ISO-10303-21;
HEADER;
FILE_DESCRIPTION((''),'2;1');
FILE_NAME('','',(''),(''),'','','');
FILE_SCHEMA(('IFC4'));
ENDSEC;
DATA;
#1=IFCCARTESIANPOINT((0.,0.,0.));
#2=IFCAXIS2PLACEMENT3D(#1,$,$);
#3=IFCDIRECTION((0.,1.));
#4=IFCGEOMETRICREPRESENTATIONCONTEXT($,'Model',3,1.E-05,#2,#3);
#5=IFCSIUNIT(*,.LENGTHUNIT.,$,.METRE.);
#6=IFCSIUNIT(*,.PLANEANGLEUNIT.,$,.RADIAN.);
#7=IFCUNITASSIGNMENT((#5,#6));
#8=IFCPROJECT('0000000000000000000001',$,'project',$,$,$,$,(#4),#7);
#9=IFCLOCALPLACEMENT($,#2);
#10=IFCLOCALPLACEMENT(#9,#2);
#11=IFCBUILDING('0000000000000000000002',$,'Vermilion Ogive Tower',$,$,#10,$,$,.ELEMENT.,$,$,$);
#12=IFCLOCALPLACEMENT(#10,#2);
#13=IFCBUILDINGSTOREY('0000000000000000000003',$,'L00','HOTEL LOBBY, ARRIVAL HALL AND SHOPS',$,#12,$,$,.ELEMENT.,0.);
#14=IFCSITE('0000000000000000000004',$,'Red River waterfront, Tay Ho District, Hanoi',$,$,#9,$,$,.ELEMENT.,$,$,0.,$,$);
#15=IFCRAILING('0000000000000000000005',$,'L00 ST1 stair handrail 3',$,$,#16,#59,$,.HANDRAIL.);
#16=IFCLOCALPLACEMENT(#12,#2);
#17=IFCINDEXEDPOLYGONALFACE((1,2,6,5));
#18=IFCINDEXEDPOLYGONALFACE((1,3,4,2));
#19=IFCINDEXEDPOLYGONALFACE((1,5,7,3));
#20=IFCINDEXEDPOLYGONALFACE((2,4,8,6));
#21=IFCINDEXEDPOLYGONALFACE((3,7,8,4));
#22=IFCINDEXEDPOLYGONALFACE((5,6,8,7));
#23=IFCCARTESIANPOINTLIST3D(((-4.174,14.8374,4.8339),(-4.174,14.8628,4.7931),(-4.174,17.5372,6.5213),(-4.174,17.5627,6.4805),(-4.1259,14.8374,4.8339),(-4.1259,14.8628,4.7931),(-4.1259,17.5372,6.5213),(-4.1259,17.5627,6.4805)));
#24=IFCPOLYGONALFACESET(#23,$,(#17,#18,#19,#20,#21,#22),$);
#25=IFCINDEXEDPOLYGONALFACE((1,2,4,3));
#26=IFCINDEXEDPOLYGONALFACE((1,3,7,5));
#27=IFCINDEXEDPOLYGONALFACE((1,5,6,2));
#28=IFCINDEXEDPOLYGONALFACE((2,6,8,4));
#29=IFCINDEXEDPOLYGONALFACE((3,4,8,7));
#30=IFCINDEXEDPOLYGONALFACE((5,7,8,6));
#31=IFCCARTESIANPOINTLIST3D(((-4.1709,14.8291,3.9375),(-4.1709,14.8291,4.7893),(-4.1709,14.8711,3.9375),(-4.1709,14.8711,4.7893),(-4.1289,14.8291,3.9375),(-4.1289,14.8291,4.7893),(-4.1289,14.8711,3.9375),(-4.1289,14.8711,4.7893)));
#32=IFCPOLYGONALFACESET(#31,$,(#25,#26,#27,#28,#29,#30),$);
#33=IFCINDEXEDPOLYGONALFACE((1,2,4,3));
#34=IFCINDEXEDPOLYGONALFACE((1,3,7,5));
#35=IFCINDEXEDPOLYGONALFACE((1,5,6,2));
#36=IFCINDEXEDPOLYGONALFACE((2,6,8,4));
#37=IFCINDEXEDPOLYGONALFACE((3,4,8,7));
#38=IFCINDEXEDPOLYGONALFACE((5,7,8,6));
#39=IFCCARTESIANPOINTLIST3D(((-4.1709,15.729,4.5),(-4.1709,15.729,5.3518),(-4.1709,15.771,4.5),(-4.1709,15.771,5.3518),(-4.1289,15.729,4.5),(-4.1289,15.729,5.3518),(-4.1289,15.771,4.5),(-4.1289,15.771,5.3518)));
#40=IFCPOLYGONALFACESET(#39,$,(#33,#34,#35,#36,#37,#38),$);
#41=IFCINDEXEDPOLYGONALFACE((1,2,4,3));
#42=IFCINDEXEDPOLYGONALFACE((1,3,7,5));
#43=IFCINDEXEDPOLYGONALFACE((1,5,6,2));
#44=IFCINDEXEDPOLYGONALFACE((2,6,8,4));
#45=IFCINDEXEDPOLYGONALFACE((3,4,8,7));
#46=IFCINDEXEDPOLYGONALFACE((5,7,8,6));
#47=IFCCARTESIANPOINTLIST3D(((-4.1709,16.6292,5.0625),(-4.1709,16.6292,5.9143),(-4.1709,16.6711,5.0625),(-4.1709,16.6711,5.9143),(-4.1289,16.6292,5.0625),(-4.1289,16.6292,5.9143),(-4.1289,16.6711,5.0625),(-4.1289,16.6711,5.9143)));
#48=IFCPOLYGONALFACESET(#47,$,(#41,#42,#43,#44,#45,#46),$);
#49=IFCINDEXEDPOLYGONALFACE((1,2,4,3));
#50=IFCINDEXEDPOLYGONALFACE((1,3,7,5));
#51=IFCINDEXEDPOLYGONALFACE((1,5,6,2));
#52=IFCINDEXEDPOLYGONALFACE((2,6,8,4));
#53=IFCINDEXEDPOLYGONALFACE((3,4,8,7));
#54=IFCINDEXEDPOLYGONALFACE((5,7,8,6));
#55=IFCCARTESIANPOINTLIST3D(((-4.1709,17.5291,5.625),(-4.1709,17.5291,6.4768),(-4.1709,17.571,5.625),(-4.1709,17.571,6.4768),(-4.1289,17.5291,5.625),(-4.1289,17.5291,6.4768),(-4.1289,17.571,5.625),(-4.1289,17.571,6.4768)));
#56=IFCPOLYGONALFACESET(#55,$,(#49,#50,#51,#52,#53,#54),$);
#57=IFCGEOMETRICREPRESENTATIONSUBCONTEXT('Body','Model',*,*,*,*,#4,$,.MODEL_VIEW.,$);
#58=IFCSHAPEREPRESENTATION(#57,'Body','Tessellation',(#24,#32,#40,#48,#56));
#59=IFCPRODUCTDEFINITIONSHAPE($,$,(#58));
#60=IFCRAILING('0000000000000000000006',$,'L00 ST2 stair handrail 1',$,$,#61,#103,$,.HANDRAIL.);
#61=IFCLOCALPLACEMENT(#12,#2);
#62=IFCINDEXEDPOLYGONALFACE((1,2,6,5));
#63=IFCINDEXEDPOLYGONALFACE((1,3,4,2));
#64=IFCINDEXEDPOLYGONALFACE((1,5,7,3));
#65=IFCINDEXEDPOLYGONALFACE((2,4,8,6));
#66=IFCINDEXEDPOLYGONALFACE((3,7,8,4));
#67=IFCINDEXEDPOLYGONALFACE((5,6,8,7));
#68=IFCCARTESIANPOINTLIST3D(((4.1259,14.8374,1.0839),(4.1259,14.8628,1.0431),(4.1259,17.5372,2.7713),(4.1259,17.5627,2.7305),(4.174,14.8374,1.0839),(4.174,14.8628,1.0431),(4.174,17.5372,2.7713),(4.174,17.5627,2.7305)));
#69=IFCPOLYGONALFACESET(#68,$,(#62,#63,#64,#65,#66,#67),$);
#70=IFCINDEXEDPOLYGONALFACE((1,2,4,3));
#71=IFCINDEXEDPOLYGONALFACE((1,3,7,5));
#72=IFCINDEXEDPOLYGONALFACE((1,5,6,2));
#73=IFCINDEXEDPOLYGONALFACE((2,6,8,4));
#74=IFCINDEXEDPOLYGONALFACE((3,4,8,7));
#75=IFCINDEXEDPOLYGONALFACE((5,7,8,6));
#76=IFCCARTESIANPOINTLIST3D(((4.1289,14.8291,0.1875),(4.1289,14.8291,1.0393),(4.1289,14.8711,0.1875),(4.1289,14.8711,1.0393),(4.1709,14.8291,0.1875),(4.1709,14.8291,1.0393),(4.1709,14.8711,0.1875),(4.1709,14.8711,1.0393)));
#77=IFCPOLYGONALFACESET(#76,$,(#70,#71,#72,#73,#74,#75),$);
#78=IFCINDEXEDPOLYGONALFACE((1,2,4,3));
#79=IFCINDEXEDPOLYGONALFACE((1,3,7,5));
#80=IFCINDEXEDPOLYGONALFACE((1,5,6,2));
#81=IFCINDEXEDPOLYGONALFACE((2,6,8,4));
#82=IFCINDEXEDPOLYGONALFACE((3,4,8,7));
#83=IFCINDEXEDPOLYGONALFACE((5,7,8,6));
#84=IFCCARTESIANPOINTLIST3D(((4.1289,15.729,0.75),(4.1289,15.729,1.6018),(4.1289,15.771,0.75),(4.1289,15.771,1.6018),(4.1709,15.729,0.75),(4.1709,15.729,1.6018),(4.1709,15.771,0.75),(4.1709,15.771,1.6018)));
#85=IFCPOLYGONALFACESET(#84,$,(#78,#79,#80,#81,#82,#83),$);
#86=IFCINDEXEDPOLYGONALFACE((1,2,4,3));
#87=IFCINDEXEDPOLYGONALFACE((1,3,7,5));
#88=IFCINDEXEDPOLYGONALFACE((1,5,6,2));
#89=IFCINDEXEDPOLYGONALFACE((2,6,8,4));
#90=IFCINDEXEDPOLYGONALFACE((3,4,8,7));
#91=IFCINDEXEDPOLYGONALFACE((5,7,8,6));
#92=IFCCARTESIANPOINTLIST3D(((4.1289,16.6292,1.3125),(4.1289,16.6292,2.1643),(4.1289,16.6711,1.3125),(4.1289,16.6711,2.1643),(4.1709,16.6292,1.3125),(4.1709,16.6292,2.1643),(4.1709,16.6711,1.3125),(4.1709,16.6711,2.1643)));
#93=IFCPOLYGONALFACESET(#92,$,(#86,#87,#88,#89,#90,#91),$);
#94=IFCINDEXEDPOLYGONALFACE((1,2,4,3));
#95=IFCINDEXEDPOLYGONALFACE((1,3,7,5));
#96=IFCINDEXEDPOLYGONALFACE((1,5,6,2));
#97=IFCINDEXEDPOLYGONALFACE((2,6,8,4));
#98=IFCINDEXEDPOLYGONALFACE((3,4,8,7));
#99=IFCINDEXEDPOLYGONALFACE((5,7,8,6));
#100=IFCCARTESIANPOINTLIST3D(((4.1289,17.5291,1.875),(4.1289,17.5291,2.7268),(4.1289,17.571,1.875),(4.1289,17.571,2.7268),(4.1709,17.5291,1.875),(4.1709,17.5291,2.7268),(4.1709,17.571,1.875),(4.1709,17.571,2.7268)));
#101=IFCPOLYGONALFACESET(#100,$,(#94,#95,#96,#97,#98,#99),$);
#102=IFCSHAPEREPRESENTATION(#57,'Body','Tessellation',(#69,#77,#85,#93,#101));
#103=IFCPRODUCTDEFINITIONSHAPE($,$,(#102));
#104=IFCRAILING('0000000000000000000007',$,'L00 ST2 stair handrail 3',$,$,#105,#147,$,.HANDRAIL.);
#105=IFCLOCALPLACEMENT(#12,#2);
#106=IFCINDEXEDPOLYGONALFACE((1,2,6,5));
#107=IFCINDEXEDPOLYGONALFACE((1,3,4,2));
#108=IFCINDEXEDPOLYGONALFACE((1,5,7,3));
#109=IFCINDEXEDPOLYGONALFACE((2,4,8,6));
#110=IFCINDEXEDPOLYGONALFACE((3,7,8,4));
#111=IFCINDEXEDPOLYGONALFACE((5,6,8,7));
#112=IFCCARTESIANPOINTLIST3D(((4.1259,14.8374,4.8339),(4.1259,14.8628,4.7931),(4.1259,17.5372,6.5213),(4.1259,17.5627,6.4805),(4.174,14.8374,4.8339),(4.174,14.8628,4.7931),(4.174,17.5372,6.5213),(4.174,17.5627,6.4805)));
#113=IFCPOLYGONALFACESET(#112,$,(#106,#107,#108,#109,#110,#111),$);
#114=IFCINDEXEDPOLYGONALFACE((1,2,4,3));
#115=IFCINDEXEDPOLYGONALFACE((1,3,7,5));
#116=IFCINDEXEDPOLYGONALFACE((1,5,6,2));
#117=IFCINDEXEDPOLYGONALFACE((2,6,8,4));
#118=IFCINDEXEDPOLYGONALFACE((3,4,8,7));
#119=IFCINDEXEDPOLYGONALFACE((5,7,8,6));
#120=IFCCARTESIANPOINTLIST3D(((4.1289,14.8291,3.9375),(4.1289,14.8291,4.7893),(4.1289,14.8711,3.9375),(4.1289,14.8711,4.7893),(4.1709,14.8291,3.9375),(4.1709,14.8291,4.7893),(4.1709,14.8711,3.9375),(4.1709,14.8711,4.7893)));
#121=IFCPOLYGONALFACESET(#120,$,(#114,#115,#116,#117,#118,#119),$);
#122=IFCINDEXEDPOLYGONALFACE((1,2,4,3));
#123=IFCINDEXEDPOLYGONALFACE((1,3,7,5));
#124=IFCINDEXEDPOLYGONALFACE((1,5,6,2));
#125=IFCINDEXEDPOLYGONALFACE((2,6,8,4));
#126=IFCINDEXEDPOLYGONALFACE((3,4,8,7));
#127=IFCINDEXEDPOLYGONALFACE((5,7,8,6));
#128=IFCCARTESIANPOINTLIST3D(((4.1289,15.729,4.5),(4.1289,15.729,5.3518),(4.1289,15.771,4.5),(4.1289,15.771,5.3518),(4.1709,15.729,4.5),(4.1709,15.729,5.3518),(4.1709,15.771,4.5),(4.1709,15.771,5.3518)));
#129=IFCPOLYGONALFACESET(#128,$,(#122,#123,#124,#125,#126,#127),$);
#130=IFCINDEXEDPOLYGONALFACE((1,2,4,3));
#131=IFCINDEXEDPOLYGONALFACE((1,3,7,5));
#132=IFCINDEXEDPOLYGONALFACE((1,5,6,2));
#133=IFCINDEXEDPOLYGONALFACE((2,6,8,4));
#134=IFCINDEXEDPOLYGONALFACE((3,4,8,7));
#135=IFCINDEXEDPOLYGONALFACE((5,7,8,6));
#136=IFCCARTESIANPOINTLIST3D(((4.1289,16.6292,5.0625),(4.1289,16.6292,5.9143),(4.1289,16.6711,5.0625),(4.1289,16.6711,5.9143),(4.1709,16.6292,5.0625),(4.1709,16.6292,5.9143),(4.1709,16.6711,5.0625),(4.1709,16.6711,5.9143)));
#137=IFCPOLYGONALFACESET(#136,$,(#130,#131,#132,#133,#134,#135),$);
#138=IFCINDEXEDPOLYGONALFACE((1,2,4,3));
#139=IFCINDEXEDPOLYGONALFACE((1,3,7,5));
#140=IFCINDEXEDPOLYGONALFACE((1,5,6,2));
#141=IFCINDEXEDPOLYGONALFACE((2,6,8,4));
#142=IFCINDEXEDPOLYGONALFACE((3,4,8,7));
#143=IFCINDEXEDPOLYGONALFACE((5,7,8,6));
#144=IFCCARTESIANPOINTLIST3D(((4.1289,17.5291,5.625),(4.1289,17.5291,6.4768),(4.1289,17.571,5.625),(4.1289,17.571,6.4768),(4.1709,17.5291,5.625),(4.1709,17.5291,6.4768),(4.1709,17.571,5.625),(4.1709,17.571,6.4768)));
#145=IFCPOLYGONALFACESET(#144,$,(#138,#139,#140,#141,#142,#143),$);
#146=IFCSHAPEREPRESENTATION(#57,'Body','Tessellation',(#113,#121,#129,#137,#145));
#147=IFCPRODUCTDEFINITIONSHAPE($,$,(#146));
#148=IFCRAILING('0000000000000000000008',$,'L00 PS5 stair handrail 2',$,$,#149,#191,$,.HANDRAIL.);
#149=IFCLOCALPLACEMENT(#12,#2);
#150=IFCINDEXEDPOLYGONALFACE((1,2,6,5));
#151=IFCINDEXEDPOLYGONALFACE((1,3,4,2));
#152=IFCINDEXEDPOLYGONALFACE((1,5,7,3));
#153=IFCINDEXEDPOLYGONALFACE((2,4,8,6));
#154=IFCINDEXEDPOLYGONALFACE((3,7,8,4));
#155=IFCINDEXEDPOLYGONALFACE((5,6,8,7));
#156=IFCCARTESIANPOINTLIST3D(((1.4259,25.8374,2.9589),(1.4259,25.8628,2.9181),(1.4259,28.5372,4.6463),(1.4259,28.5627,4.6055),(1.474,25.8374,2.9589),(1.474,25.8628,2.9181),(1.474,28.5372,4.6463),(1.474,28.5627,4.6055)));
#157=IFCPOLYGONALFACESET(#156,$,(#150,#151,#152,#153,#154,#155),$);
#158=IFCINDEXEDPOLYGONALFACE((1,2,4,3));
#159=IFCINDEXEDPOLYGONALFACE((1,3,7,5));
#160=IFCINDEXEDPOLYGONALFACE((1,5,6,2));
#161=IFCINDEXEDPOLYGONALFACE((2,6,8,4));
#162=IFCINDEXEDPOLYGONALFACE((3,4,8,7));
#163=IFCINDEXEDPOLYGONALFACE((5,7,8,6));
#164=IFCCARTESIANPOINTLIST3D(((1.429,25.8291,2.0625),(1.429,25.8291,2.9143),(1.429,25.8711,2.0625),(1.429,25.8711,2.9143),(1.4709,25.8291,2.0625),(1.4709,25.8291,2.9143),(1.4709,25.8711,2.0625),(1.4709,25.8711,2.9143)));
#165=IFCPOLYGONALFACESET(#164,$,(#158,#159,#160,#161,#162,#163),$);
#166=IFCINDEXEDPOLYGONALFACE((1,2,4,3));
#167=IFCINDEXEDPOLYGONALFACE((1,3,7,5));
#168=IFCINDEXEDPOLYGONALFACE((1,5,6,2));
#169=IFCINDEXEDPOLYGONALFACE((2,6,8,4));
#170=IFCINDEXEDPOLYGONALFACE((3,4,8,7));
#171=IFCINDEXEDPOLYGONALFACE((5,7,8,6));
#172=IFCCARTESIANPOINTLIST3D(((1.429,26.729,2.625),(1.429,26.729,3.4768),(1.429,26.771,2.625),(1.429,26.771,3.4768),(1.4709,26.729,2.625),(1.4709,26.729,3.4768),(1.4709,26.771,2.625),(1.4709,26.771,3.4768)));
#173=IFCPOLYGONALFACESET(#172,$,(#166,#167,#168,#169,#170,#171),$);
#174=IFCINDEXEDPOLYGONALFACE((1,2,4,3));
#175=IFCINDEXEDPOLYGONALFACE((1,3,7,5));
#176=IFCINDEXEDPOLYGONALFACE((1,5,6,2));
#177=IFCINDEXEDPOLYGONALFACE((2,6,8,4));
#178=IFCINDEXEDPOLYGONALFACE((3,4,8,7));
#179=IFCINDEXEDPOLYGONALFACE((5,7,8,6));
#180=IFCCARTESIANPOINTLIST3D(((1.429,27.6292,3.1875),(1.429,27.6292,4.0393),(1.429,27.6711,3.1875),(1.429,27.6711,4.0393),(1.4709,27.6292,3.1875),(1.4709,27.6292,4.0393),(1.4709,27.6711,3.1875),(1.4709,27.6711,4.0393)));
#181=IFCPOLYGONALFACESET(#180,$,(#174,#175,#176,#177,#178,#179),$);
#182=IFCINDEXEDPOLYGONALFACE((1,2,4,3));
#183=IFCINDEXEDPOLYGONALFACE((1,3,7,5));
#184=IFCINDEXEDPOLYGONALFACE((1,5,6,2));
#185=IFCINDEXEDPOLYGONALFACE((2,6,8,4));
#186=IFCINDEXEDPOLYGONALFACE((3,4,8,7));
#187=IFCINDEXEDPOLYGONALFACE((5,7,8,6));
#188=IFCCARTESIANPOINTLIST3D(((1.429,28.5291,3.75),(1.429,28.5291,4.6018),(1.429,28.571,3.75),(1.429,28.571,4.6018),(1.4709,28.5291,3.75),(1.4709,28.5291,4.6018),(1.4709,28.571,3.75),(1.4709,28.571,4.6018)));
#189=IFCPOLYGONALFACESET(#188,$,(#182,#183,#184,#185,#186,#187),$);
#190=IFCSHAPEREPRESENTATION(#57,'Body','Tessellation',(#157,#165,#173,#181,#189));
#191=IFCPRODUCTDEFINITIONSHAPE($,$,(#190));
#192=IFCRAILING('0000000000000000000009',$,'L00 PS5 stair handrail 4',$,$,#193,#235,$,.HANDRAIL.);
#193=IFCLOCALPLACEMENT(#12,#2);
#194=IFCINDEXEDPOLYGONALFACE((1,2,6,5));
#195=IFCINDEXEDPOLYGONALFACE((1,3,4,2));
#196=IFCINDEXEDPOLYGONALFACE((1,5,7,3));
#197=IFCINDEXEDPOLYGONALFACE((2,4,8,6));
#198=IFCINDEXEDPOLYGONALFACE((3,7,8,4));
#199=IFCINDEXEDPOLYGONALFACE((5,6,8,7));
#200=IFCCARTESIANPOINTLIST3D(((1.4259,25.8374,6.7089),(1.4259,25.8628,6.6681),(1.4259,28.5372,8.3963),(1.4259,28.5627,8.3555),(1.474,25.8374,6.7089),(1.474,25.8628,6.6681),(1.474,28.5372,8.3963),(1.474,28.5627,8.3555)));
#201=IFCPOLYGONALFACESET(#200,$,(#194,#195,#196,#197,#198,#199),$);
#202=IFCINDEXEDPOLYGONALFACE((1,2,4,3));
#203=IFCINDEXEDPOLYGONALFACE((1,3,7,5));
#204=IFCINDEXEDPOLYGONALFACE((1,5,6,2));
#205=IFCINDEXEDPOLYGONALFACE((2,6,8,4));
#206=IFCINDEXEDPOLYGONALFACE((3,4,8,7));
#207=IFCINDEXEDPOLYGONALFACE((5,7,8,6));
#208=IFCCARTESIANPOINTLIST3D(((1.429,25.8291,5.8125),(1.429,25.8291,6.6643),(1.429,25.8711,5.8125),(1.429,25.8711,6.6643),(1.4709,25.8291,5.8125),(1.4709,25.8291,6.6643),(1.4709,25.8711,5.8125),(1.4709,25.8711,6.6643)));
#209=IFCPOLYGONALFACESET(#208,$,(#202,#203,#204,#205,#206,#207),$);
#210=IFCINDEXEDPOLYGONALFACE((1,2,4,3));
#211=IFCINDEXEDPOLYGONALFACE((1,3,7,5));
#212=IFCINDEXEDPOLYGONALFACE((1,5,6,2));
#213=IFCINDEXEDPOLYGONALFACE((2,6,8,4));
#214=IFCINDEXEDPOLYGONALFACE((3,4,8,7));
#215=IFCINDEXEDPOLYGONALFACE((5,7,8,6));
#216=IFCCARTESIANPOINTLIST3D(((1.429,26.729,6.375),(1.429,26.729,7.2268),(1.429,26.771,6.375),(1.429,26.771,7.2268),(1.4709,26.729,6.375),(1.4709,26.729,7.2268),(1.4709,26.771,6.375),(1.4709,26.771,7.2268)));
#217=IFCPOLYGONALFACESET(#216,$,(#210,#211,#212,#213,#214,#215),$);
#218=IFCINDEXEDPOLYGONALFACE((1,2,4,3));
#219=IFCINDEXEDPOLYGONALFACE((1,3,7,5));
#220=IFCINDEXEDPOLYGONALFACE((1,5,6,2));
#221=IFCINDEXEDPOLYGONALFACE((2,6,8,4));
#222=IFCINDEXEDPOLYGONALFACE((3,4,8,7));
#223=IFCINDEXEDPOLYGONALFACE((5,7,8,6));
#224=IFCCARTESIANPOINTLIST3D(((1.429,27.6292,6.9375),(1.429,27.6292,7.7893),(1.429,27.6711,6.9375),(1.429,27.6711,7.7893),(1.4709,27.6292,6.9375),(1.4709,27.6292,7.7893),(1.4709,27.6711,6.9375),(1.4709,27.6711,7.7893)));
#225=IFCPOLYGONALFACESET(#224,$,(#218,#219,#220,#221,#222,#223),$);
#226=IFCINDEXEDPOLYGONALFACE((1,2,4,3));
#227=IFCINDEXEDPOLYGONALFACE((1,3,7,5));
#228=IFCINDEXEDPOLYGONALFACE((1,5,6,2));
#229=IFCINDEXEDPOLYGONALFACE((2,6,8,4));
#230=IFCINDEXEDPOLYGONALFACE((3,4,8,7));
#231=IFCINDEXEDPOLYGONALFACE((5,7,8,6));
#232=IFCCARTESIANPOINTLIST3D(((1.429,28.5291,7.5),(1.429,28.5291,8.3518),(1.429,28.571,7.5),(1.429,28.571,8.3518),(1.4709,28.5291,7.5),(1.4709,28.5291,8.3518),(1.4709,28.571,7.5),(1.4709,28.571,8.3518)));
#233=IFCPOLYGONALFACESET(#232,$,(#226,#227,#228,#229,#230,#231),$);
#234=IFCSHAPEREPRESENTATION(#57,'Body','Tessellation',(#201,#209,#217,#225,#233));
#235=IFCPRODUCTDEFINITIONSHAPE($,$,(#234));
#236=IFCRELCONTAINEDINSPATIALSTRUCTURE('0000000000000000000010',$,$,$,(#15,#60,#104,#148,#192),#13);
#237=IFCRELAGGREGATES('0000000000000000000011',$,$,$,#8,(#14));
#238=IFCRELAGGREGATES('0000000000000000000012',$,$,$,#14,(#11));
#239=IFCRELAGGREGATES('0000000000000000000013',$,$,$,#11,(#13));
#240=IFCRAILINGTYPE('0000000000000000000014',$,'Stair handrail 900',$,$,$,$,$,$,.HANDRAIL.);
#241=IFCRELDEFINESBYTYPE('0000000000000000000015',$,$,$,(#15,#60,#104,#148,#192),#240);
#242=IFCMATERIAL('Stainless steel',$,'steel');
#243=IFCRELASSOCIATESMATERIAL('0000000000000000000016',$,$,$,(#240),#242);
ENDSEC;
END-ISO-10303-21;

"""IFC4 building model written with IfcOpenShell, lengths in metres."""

from ifc_helpers import new_model, si_unit, direction, frame, origin, origin_2d, place, context, subcontext, project, spatial, rectangle, extrude, material, type_object, element, save


model = new_model("IFC4")

# Units and contexts
model_context = context("Model", 3, precision=1e-05, world=origin(), true_north=direction((0.0, 1.0)))
body_context = subcontext(model_context, "Body", "Model", "MODEL_VIEW")
ifc_project = project(units=[si_unit("LENGTHUNIT", "METRE"), si_unit("PLANEANGLEUNIT", "RADIAN")], contexts=[model_context])

# Site, building, storey
site_placement = place(None, origin())
site = spatial("IfcSite", under=ifc_project, at=site_placement, Name="Red River waterfront, Tay Ho District, Hanoi", CompositionType="ELEMENT", RefElevation=0.0)
building_placement = place(site_placement, origin())
building = spatial("IfcBuilding", under=site, at=building_placement, Name="Vermilion Ogive Tower", CompositionType="ELEMENT")
storey_placement = place(building_placement, origin())
storey = spatial("IfcBuildingStorey", under=building, at=storey_placement, Name="L00", Description="HOTEL LOBBY, ARRIVAL HALL AND SHOPS", CompositionType="ELEMENT", Elevation=0.0)

# Railings
ifc_material_1 = material(Name="Stainless steel", Category="steel")
railing_type_1 = type_object("IfcRailingType", Name="Stair handrail 900", PredefinedType="HANDRAIL", material=ifc_material_1)
for number, where, name in (
    (1, (-4.1499, 14.8501, 3.9375), "L00 ST1 stair handrail 3"),
    (2, (4.1499, 14.8501, 0.1875), "L00 ST2 stair handrail 1"),
    (3, (4.1499, 14.8501, 3.9375), "L00 ST2 stair handrail 3"),
    (4, (1.45, 25.8501, 2.0625), "L00 PS5 stair handrail 2"),
    (5, (1.45, 25.8501, 5.8125), "L00 PS5 stair handrail 4"),
):
    element("IfcRailing", number, at=place(storey_placement, frame(where)), inside=storey, type_object=railing_type_1, Name=name, PredefinedType="HANDRAIL", context=body_context, shape_type="SweptSolid", body=[
        extrude(rectangle(XDim=0.0481, YDim=0.0481, at=origin_2d()), frame((0.0, 0.0, 0.876), z_axis=(0.0, 0.847994, 0.530006), x_axis=(-1.0, 0.0, 0.0)), (0.0, 0.0, 1.0), 3.1838),
        extrude(rectangle(XDim=0.042, YDim=0.042, at=origin_2d()), origin(), (0.0, 0.0, 1.0), 0.8518),
        extrude(rectangle(XDim=0.042, YDim=0.042, at=origin_2d()), frame((0.0, 0.8999, 0.5625)), (0.0, 0.0, 1.0), 0.8518),
        extrude(rectangle(XDim=0.042, YDim=0.042, at=origin_2d()), frame((0.0, 1.8, 1.125)), (0.0, 0.0, 1.0), 0.8518),
        extrude(rectangle(XDim=0.042, YDim=0.042, at=origin_2d()), frame((0.0, 2.7, 1.6875)), (0.0, 0.0, 1.0), 0.8518),
    ])

save(model, "model.ifc")
